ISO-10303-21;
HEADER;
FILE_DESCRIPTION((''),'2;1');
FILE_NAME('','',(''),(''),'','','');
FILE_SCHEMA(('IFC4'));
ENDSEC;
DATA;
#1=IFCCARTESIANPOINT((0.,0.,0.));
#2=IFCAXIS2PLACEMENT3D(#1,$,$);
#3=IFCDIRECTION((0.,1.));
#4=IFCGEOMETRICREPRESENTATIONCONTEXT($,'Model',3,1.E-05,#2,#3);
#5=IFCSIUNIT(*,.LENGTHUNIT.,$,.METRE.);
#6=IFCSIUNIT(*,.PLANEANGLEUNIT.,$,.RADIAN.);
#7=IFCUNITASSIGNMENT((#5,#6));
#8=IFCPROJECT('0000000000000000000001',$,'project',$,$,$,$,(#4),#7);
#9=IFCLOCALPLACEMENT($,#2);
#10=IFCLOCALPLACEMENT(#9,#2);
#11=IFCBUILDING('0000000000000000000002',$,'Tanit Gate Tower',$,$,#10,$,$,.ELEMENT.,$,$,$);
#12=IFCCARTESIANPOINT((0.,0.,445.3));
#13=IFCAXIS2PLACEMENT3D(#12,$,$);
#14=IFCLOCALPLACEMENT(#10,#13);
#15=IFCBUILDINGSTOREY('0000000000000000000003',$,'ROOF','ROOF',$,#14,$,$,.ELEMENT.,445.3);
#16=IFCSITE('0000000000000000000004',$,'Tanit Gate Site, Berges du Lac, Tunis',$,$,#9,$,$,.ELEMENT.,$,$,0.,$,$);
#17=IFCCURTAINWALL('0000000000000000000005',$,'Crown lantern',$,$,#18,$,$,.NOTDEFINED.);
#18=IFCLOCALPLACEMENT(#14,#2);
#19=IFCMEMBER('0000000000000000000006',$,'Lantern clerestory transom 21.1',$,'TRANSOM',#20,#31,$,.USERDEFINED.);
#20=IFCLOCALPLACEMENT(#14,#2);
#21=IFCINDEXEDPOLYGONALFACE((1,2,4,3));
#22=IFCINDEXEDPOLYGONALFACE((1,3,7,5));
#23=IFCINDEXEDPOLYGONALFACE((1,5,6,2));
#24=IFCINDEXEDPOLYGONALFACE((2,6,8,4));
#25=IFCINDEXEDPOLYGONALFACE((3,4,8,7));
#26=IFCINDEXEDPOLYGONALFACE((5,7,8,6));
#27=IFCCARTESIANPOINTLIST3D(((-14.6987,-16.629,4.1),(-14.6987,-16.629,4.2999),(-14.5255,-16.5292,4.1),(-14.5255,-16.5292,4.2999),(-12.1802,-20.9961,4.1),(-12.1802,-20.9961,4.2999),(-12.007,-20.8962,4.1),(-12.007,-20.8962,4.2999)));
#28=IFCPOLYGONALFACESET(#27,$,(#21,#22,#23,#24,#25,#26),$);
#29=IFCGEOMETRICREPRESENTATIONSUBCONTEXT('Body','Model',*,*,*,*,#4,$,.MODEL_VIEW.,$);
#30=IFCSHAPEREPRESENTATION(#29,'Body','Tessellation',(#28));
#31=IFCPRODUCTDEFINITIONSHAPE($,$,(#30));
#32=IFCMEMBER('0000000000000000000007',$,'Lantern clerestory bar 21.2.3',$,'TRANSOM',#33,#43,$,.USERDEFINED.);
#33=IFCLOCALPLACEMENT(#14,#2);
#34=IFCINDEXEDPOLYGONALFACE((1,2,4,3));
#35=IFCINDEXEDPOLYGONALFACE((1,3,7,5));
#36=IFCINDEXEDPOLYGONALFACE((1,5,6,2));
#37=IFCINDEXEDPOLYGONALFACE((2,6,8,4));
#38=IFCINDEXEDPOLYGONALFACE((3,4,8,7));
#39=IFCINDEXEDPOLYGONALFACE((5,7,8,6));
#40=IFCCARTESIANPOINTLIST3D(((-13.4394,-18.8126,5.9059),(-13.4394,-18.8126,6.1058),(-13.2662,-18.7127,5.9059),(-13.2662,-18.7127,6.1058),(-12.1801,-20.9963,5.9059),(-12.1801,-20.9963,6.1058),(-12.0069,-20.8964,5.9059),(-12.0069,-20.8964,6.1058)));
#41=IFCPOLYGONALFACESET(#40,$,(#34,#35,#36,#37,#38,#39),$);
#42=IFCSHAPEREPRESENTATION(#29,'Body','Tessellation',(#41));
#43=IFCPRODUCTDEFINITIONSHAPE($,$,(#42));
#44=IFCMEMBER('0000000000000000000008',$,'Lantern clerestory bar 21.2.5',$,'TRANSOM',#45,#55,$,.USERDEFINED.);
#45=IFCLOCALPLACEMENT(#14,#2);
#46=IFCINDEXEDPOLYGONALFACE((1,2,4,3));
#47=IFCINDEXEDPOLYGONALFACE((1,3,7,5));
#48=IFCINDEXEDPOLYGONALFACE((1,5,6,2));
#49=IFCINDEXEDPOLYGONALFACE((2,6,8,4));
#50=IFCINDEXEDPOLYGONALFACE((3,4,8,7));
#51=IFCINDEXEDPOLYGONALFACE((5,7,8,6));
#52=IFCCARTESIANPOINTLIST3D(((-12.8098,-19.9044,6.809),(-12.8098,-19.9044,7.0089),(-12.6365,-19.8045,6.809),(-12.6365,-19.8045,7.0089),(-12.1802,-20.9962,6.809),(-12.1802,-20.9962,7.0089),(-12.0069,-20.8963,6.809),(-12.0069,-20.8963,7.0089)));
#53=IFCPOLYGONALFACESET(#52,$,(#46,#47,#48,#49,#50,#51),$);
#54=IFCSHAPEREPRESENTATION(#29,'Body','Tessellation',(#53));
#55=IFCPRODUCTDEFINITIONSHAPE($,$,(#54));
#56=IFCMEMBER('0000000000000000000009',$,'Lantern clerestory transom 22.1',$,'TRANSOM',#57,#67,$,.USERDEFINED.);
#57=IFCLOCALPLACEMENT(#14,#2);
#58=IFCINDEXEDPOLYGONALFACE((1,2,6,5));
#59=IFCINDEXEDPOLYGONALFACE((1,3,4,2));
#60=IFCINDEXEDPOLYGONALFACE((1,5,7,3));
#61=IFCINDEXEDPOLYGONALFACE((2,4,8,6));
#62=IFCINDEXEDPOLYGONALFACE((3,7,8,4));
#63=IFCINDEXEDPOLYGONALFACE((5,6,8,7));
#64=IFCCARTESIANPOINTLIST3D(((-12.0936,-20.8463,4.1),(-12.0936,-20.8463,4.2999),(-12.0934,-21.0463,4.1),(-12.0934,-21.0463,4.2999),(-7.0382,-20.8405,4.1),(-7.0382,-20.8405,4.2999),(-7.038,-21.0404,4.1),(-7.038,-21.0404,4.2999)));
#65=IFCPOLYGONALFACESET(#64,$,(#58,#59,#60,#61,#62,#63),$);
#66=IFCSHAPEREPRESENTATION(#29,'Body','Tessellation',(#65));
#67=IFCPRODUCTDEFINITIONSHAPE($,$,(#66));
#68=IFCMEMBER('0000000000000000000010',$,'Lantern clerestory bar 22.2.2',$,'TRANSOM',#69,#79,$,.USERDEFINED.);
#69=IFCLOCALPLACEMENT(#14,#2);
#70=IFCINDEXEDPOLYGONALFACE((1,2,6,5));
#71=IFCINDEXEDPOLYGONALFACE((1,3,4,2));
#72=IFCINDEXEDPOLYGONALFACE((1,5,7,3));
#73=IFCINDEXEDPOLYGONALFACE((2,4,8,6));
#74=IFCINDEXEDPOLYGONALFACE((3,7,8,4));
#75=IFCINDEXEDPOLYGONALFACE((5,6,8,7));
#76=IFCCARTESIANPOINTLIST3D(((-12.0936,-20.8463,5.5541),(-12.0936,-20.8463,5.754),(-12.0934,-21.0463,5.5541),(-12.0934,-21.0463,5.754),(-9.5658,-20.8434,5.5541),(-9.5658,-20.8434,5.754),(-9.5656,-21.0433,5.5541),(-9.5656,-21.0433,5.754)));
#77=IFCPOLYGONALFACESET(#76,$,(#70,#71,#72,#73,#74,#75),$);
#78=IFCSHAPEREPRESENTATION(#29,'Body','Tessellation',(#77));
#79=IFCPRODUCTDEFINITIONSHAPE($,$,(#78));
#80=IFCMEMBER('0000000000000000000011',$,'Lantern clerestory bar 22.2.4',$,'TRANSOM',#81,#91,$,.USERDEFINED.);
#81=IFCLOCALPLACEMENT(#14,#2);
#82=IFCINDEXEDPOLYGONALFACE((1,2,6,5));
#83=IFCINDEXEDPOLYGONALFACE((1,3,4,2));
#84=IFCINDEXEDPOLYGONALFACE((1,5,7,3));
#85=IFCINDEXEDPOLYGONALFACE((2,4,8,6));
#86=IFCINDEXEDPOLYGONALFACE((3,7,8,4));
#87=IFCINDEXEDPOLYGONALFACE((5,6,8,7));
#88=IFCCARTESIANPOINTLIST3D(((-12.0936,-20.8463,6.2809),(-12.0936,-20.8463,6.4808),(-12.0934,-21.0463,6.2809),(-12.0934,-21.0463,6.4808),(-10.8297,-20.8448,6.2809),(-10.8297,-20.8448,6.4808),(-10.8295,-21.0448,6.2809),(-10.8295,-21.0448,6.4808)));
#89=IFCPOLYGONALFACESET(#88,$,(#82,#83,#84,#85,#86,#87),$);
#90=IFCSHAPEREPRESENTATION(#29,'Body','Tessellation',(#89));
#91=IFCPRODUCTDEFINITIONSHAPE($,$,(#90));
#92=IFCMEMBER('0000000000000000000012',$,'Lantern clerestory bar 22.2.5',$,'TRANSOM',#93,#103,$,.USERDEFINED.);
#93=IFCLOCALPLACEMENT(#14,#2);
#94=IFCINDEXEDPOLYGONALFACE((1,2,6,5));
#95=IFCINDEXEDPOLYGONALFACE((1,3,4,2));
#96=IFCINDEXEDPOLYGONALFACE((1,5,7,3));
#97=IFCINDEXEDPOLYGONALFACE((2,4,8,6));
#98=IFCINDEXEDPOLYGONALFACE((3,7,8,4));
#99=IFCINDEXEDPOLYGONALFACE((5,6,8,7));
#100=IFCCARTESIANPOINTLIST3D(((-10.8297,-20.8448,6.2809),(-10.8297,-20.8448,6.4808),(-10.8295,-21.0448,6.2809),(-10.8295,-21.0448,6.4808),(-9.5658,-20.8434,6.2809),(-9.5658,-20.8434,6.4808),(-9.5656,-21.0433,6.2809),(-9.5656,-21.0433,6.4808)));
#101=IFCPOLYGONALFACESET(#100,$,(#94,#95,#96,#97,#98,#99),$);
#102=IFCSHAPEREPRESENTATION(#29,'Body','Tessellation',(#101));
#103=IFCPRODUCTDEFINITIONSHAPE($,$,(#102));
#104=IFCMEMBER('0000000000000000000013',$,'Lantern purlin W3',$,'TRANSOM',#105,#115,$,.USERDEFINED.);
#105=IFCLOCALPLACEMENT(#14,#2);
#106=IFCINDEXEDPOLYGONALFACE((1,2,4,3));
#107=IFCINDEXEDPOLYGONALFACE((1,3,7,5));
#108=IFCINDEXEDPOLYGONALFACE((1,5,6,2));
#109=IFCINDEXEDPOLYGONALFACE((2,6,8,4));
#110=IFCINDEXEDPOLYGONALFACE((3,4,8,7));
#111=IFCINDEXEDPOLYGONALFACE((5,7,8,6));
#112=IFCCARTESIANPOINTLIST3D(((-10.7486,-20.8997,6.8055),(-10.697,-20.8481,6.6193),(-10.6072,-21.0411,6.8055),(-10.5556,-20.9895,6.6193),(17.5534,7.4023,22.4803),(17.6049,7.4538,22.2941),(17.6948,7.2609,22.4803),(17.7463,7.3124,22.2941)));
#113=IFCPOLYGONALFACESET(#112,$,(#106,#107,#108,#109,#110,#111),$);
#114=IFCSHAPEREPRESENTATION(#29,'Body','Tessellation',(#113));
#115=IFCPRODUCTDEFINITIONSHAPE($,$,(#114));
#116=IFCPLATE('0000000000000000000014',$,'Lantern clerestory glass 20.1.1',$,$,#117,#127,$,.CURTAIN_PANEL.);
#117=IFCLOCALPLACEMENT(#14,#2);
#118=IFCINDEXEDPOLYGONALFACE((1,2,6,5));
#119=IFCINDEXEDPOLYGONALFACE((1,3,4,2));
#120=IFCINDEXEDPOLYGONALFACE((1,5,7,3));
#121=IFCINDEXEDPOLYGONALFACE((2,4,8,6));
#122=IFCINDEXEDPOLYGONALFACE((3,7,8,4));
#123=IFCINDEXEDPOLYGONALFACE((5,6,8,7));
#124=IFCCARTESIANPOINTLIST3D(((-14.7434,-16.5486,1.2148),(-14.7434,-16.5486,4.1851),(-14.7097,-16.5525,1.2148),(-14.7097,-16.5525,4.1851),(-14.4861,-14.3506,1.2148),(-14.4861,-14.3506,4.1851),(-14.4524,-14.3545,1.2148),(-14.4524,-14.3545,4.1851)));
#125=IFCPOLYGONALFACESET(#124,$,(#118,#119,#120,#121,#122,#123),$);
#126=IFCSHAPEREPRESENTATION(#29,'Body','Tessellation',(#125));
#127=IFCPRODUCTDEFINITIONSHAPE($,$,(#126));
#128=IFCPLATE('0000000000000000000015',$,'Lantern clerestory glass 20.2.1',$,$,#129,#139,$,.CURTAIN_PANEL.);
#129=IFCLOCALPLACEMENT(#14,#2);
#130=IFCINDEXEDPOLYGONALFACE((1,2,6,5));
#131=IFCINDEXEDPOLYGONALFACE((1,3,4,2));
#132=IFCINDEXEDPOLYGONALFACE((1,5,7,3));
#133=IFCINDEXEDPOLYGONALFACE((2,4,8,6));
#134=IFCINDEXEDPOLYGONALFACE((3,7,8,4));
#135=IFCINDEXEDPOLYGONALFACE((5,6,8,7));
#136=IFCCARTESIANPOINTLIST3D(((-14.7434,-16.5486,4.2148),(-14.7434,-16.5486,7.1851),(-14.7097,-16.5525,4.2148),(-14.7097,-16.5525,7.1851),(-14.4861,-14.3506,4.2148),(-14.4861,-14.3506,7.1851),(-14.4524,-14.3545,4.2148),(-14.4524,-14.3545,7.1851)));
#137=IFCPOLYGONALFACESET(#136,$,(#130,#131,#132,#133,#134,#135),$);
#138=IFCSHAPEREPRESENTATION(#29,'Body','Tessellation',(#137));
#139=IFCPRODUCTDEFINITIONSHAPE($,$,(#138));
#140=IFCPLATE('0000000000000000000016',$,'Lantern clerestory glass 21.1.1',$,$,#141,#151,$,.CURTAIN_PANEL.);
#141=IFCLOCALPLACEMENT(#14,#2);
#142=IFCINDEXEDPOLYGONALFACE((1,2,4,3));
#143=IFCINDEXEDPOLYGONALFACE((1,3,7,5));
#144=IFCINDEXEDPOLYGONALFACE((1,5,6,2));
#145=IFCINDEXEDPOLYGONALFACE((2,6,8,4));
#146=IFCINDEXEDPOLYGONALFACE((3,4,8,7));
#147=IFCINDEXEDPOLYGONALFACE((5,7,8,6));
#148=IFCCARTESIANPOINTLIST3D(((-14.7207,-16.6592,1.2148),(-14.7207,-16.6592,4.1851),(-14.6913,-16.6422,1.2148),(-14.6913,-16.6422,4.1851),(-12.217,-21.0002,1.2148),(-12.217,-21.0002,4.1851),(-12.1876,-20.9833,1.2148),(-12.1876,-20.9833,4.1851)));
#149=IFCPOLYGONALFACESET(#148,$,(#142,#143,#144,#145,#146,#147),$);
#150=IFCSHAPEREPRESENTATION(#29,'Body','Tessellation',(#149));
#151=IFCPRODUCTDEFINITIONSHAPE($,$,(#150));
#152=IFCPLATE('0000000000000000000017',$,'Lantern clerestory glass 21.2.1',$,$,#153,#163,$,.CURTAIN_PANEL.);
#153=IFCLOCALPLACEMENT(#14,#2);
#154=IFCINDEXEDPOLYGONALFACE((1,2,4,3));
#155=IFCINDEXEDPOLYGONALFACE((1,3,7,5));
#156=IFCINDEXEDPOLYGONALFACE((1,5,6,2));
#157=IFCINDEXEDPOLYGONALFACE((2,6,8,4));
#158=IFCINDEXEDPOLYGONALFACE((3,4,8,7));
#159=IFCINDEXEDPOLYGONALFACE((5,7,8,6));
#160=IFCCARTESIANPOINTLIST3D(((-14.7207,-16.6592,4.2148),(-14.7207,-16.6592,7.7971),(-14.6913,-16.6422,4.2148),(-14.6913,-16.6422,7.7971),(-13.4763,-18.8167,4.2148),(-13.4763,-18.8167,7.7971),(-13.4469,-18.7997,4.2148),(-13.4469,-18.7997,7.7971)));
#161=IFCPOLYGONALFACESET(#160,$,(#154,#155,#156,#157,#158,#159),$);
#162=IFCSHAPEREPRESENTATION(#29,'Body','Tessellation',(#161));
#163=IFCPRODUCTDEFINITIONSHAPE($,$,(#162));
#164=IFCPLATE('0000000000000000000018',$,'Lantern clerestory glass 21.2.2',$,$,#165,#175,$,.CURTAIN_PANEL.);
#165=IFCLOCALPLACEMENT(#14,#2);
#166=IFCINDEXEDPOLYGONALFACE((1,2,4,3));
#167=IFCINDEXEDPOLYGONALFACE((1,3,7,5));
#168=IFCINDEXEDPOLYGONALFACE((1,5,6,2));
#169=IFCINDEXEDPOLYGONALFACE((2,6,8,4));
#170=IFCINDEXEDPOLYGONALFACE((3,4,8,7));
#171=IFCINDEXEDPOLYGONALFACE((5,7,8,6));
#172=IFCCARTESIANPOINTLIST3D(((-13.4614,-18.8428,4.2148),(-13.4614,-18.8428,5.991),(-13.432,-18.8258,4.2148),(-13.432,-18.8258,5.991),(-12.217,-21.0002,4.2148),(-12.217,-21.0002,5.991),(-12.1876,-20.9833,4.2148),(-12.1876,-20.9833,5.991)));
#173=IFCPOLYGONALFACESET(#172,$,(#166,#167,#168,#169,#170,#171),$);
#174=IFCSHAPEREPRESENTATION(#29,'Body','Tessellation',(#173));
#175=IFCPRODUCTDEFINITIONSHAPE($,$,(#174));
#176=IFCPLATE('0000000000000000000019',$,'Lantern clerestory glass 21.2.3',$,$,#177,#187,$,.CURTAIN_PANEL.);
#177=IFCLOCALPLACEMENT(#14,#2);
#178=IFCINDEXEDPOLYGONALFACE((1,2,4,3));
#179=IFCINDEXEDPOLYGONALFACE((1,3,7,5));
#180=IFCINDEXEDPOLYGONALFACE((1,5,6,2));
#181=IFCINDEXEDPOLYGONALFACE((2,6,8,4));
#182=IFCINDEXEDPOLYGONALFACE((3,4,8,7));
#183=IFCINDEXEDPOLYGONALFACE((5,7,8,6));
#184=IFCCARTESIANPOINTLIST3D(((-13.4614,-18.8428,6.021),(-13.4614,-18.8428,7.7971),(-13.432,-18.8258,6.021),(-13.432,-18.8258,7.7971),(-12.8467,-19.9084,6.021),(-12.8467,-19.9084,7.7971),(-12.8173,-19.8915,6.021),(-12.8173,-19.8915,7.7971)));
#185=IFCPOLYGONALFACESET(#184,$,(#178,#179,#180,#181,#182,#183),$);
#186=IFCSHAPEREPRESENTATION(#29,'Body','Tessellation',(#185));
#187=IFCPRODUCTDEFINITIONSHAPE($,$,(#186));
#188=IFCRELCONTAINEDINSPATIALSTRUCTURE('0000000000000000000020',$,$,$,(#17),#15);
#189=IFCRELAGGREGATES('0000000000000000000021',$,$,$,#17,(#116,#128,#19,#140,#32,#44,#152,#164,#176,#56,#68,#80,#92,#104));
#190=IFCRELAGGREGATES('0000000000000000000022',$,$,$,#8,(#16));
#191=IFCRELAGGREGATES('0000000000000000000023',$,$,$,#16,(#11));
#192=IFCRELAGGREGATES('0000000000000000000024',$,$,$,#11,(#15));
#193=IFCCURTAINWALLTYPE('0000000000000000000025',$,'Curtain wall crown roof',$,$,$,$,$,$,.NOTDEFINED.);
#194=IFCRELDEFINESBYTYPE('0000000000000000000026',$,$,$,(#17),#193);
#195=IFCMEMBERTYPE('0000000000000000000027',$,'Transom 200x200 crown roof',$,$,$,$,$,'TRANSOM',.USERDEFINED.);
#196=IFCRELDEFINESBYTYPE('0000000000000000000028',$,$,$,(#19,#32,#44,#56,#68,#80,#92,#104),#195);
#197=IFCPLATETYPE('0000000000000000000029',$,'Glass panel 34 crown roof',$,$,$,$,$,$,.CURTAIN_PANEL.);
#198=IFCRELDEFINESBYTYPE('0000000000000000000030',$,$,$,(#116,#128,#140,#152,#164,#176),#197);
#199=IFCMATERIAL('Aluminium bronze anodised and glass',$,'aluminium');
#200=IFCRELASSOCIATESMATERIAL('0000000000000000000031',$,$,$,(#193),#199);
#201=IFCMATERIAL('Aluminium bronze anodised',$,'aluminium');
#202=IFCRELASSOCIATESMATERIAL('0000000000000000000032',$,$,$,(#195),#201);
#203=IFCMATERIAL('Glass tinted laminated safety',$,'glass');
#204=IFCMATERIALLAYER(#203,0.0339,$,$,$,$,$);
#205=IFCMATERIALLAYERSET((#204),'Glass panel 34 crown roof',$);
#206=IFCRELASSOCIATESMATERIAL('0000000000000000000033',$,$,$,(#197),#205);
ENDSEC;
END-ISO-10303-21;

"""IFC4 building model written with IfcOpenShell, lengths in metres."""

from ifc_helpers import new_model, si_unit, direction, frame, origin, origin_2d, place, context, subcontext, project, spatial, polyline, rectangle, outline, extrude, material, layer, layer_set, material_profile, profile_set, type_object, element, aggregate, save


model = new_model("IFC4")

# Units and contexts
model_context = context("Model", 3, precision=1e-05, world=origin(), true_north=direction((0.0, 1.0)))
body_context = subcontext(model_context, "Body", "Model", "MODEL_VIEW")
ifc_project = project(units=[si_unit("LENGTHUNIT", "METRE"), si_unit("PLANEANGLEUNIT", "RADIAN")], contexts=[model_context])

# Site, building, storey
site_placement = place(None, origin())
site = spatial("IfcSite", under=ifc_project, at=site_placement, Name="Tanit Gate Site, Berges du Lac, Tunis", CompositionType="ELEMENT", RefElevation=0.0)
building_placement = place(site_placement, origin())
building = spatial("IfcBuilding", under=site, at=building_placement, Name="Tanit Gate Tower", CompositionType="ELEMENT")
storey_placement = place(building_placement, frame((0.0, 0.0, 445.3)))
storey = spatial("IfcBuildingStorey", under=building, at=storey_placement, Name="ROOF", Description="ROOF", CompositionType="ELEMENT", Elevation=445.3)

# Curtain wall, members, plates
ifc_material_1 = material(Name="Aluminium bronze anodised and glass", Category="aluminium")
curtain_wall_type = type_object("IfcCurtainWallType", Name="Curtain wall crown roof", PredefinedType="NOTDEFINED", material=ifc_material_1)
curtain_wall_placement = place(storey_placement, origin())
curtain_wall = element("IfcCurtainWall", 1, at=curtain_wall_placement, inside=storey, type_object=curtain_wall_type, Name="Crown lantern", PredefinedType="NOTDEFINED")
ifc_material_2 = material(Name="Aluminium bronze anodised", Category="aluminium")
ifc_material_profile_1 = material_profile(ifc_material_2, rectangle(XDim=0.2, YDim=0.2, at=origin_2d()), Name="200x200 bronze transom")
ifc_profile_set_1 = profile_set([ifc_material_profile_1], Name="Aluminium bronze anodised")
member_type_1 = type_object("IfcMemberType", Name="Transom 200x200 crown roof", ElementType="TRANSOM", PredefinedType="USERDEFINED", material=ifc_profile_set_1)
member_1_placement = place(storey_placement, frame((-14.6121, -16.5791, 4.2), z_axis=(0.499577, -0.866269, 0.0), x_axis=(0.866269, 0.499577, 0.0)))
member_1 = element("IfcMember", 2, at=member_1_placement, type_object=member_type_1, Name="Lantern clerestory transom 21.1", ObjectType="TRANSOM", PredefinedType="USERDEFINED", context=body_context, shape_type="SweptSolid", body=[
    extrude(rectangle(XDim=0.2, YDim=0.2, at=origin_2d()), origin(), (0.0, 0.0, 1.0), 5.0413),
])
member_2_placement = place(storey_placement, frame((-13.3528, -18.7627, 6.0059), z_axis=(0.499577, -0.866269, 0.0), x_axis=(0.866269, 0.499577, 0.0)))
member_2 = element("IfcMember", 3, at=member_2_placement, type_object=member_type_1, Name="Lantern clerestory bar 21.2.3", ObjectType="TRANSOM", PredefinedType="USERDEFINED", context=body_context, shape_type="SweptSolid", body=[
    extrude(rectangle(XDim=0.2, YDim=0.2, at=origin_2d()), origin(), (0.0, 0.0, 1.0), 2.5208),
])
member_3_placement = place(storey_placement, frame((-12.7231, -19.8545, 6.9089), z_axis=(0.499577, -0.866269, 0.0), x_axis=(0.866269, 0.499577, 0.0)))
member_3 = element("IfcMember", 4, at=member_3_placement, type_object=member_type_1, Name="Lantern clerestory bar 21.2.5", ObjectType="TRANSOM", PredefinedType="USERDEFINED", context=body_context, shape_type="SweptSolid", body=[
    extrude(rectangle(XDim=0.2, YDim=0.2, at=origin_2d()), origin(), (0.0, 0.0, 1.0), 1.2603),
])
member_4_placement = place(storey_placement, frame((-12.0935, -20.9463, 4.2), z_axis=(0.999999, 0.001159, 0.0), x_axis=(-0.001159, 0.999999, 0.0)))
member_4 = element("IfcMember", 5, at=member_4_placement, type_object=member_type_1, Name="Lantern clerestory transom 22.1", ObjectType="TRANSOM", PredefinedType="USERDEFINED", context=body_context, shape_type="SweptSolid", body=[
    extrude(rectangle(XDim=0.2, YDim=0.2, at=origin_2d()), origin(), (0.0, 0.0, 1.0), 5.0554),
])
member_5_placement = place(storey_placement, frame((-12.0935, -20.9463, 5.6541), z_axis=(0.999999, 0.001159, 0.0), x_axis=(-0.001159, 0.999999, 0.0)))
member_5 = element("IfcMember", 6, at=member_5_placement, type_object=member_type_1, Name="Lantern clerestory bar 22.2.2", ObjectType="TRANSOM", PredefinedType="USERDEFINED", context=body_context, shape_type="SweptSolid", body=[
    extrude(rectangle(XDim=0.2, YDim=0.2, at=origin_2d()), origin(), (0.0, 0.0, 1.0), 2.5278),
])
member_6_placement = place(storey_placement, frame((-12.0935, -20.9463, 6.3809), z_axis=(0.999999, 0.001159, 0.0), x_axis=(-0.001159, 0.999999, 0.0)))
member_6 = element("IfcMember", 7, at=member_6_placement, type_object=member_type_1, Name="Lantern clerestory bar 22.2.4", ObjectType="TRANSOM", PredefinedType="USERDEFINED", context=body_context, shape_type="SweptSolid", body=[
    extrude(rectangle(XDim=0.2, YDim=0.2, at=origin_2d()), origin(), (0.0, 0.0, 1.0), 1.2639),
])
member_7_placement = place(storey_placement, frame((-10.8296, -20.9448, 6.3809), z_axis=(0.999999, 0.001159, 0.0), x_axis=(-0.001159, 0.999999, 0.0)))
member_7 = element("IfcMember", 8, at=member_7_placement, type_object=member_type_1, Name="Lantern clerestory bar 22.2.5", ObjectType="TRANSOM", PredefinedType="USERDEFINED", context=body_context, shape_type="SweptSolid", body=[
    extrude(rectangle(XDim=0.2, YDim=0.2, at=origin_2d()), origin(), (0.0, 0.0, 1.0), 1.2639),
])
member_8_placement = place(storey_placement, frame((-10.6521, -20.9446, 6.7124), z_axis=(0.658417, 0.658417, 0.364658), x_axis=(-0.707107, 0.707107, 0.0)))
member_8 = element("IfcMember", 9, at=member_8_placement, type_object=member_type_1, Name="Lantern purlin W3", ObjectType="TRANSOM", PredefinedType="USERDEFINED", context=body_context, shape_type="SweptSolid", body=[
    extrude(rectangle(XDim=0.2, YDim=0.2, at=origin_2d()), origin(), (0.0, 0.0, 1.0), 42.9849),
])
ifc_material_3 = material(Name="Glass tinted laminated safety", Category="glass")
ifc_layer_1 = layer(ifc_material_3, 0.0339)
ifc_layer_set_1 = layer_set([ifc_layer_1], Name="Glass panel 34 crown roof")
plate_type = type_object("IfcPlateType", Name="Glass panel 34 crown roof", PredefinedType="CURTAIN_PANEL", material=ifc_layer_set_1)
plate_1_placement = place(storey_placement, frame((-14.4861, -14.3506, 1.2148), z_axis=(-0.993217, 0.116278, 0.0), x_axis=(-0.116278, -0.993217, 0.0)))
plate_1 = element("IfcPlate", 10, at=plate_1_placement, type_object=plate_type, Name="Lantern clerestory glass 20.1.1", PredefinedType="CURTAIN_PANEL", context=body_context, shape_type="SweptSolid", body=[
    extrude(outline(polyline([(0.0, 0.0), (2.213, 0.0), (2.213, 2.9702), (0.0, 2.9702), (0.0, 0.0)])), origin(), (0.0, 0.0, -1.0), 0.0339),
])
plate_2_placement = place(storey_placement, frame((-14.4861, -14.3506, 4.2148), z_axis=(-0.993217, 0.116278, 0.0), x_axis=(-0.116278, -0.993217, 0.0)))
plate_2 = element("IfcPlate", 11, at=plate_2_placement, type_object=plate_type, Name="Lantern clerestory glass 20.2.1", PredefinedType="CURTAIN_PANEL", context=body_context, shape_type="SweptSolid", body=[
    extrude(outline(polyline([(0.0, 0.0), (2.213, 0.0), (2.213, 2.9702), (0.0, 2.9702), (0.0, 0.0)])), origin(), (0.0, 0.0, -1.0), 0.0339),
])
plate_3_placement = place(storey_placement, frame((-14.7207, -16.6592, 1.2148), z_axis=(-0.866255, -0.499603, 0.0), x_axis=(0.499603, -0.866255, 0.0)))
plate_3 = element("IfcPlate", 12, at=plate_3_placement, type_object=plate_type, Name="Lantern clerestory glass 21.1.1", PredefinedType="CURTAIN_PANEL", context=body_context, shape_type="SweptSolid", body=[
    extrude(outline(polyline([(0.0, 0.0), (5.0113, 0.0), (5.0113, 2.9702), (0.0, 2.9702), (0.0, 0.0)])), origin(), (0.0, 0.0, -1.0), 0.0339),
])
plate_4_placement = place(storey_placement, frame((-14.7207, -16.6592, 4.2148), z_axis=(-0.866239, -0.499629, 0.0), x_axis=(0.499629, -0.866239, 0.0)))
plate_4 = element("IfcPlate", 13, at=plate_4_placement, type_object=plate_type, Name="Lantern clerestory glass 21.2.1", PredefinedType="CURTAIN_PANEL", context=body_context, shape_type="SweptSolid", body=[
    extrude(outline(polyline([(0.0, 0.0), (2.4906, 0.0), (2.4906, 3.5823), (0.0, 3.5823), (0.0, 0.0)])), origin(), (0.0, 0.0, -1.0), 0.0339),
])
plate_5_placement = place(storey_placement, frame((-13.4614, -18.8428, 4.2148), z_axis=(-0.866239, -0.499629, 0.0), x_axis=(0.499629, -0.866239, 0.0)))
plate_5 = element("IfcPlate", 14, at=plate_5_placement, type_object=plate_type, Name="Lantern clerestory glass 21.2.2", PredefinedType="CURTAIN_PANEL", context=body_context, shape_type="SweptSolid", body=[
    extrude(outline(polyline([(0.0, 0.0), (2.4906, 0.0), (2.4906, 1.7761), (0.0, 1.7761), (0.0, 0.0)])), origin(), (0.0, 0.0, -1.0), 0.0339),
])
plate_6_placement = place(storey_placement, frame((-13.4614, -18.8428, 6.021), z_axis=(-0.866209, -0.499682, 0.0), x_axis=(0.499682, -0.866209, 0.0)))
plate_6 = element("IfcPlate", 15, at=plate_6_placement, type_object=plate_type, Name="Lantern clerestory glass 21.2.3", PredefinedType="CURTAIN_PANEL", context=body_context, shape_type="SweptSolid", body=[
    extrude(outline(polyline([(0.0, 0.0), (1.2303, 0.0), (1.2303, 1.7761), (0.0, 1.7761), (0.0, 0.0)])), origin(), (0.0, 0.0, -1.0), 0.0339),
])
aggregate(curtain_wall, [plate_1, plate_2, member_1, plate_3, member_2, member_3, plate_4, plate_5, plate_6, member_4, member_5, member_6, member_7, member_8])

save(model, "model.ifc")
